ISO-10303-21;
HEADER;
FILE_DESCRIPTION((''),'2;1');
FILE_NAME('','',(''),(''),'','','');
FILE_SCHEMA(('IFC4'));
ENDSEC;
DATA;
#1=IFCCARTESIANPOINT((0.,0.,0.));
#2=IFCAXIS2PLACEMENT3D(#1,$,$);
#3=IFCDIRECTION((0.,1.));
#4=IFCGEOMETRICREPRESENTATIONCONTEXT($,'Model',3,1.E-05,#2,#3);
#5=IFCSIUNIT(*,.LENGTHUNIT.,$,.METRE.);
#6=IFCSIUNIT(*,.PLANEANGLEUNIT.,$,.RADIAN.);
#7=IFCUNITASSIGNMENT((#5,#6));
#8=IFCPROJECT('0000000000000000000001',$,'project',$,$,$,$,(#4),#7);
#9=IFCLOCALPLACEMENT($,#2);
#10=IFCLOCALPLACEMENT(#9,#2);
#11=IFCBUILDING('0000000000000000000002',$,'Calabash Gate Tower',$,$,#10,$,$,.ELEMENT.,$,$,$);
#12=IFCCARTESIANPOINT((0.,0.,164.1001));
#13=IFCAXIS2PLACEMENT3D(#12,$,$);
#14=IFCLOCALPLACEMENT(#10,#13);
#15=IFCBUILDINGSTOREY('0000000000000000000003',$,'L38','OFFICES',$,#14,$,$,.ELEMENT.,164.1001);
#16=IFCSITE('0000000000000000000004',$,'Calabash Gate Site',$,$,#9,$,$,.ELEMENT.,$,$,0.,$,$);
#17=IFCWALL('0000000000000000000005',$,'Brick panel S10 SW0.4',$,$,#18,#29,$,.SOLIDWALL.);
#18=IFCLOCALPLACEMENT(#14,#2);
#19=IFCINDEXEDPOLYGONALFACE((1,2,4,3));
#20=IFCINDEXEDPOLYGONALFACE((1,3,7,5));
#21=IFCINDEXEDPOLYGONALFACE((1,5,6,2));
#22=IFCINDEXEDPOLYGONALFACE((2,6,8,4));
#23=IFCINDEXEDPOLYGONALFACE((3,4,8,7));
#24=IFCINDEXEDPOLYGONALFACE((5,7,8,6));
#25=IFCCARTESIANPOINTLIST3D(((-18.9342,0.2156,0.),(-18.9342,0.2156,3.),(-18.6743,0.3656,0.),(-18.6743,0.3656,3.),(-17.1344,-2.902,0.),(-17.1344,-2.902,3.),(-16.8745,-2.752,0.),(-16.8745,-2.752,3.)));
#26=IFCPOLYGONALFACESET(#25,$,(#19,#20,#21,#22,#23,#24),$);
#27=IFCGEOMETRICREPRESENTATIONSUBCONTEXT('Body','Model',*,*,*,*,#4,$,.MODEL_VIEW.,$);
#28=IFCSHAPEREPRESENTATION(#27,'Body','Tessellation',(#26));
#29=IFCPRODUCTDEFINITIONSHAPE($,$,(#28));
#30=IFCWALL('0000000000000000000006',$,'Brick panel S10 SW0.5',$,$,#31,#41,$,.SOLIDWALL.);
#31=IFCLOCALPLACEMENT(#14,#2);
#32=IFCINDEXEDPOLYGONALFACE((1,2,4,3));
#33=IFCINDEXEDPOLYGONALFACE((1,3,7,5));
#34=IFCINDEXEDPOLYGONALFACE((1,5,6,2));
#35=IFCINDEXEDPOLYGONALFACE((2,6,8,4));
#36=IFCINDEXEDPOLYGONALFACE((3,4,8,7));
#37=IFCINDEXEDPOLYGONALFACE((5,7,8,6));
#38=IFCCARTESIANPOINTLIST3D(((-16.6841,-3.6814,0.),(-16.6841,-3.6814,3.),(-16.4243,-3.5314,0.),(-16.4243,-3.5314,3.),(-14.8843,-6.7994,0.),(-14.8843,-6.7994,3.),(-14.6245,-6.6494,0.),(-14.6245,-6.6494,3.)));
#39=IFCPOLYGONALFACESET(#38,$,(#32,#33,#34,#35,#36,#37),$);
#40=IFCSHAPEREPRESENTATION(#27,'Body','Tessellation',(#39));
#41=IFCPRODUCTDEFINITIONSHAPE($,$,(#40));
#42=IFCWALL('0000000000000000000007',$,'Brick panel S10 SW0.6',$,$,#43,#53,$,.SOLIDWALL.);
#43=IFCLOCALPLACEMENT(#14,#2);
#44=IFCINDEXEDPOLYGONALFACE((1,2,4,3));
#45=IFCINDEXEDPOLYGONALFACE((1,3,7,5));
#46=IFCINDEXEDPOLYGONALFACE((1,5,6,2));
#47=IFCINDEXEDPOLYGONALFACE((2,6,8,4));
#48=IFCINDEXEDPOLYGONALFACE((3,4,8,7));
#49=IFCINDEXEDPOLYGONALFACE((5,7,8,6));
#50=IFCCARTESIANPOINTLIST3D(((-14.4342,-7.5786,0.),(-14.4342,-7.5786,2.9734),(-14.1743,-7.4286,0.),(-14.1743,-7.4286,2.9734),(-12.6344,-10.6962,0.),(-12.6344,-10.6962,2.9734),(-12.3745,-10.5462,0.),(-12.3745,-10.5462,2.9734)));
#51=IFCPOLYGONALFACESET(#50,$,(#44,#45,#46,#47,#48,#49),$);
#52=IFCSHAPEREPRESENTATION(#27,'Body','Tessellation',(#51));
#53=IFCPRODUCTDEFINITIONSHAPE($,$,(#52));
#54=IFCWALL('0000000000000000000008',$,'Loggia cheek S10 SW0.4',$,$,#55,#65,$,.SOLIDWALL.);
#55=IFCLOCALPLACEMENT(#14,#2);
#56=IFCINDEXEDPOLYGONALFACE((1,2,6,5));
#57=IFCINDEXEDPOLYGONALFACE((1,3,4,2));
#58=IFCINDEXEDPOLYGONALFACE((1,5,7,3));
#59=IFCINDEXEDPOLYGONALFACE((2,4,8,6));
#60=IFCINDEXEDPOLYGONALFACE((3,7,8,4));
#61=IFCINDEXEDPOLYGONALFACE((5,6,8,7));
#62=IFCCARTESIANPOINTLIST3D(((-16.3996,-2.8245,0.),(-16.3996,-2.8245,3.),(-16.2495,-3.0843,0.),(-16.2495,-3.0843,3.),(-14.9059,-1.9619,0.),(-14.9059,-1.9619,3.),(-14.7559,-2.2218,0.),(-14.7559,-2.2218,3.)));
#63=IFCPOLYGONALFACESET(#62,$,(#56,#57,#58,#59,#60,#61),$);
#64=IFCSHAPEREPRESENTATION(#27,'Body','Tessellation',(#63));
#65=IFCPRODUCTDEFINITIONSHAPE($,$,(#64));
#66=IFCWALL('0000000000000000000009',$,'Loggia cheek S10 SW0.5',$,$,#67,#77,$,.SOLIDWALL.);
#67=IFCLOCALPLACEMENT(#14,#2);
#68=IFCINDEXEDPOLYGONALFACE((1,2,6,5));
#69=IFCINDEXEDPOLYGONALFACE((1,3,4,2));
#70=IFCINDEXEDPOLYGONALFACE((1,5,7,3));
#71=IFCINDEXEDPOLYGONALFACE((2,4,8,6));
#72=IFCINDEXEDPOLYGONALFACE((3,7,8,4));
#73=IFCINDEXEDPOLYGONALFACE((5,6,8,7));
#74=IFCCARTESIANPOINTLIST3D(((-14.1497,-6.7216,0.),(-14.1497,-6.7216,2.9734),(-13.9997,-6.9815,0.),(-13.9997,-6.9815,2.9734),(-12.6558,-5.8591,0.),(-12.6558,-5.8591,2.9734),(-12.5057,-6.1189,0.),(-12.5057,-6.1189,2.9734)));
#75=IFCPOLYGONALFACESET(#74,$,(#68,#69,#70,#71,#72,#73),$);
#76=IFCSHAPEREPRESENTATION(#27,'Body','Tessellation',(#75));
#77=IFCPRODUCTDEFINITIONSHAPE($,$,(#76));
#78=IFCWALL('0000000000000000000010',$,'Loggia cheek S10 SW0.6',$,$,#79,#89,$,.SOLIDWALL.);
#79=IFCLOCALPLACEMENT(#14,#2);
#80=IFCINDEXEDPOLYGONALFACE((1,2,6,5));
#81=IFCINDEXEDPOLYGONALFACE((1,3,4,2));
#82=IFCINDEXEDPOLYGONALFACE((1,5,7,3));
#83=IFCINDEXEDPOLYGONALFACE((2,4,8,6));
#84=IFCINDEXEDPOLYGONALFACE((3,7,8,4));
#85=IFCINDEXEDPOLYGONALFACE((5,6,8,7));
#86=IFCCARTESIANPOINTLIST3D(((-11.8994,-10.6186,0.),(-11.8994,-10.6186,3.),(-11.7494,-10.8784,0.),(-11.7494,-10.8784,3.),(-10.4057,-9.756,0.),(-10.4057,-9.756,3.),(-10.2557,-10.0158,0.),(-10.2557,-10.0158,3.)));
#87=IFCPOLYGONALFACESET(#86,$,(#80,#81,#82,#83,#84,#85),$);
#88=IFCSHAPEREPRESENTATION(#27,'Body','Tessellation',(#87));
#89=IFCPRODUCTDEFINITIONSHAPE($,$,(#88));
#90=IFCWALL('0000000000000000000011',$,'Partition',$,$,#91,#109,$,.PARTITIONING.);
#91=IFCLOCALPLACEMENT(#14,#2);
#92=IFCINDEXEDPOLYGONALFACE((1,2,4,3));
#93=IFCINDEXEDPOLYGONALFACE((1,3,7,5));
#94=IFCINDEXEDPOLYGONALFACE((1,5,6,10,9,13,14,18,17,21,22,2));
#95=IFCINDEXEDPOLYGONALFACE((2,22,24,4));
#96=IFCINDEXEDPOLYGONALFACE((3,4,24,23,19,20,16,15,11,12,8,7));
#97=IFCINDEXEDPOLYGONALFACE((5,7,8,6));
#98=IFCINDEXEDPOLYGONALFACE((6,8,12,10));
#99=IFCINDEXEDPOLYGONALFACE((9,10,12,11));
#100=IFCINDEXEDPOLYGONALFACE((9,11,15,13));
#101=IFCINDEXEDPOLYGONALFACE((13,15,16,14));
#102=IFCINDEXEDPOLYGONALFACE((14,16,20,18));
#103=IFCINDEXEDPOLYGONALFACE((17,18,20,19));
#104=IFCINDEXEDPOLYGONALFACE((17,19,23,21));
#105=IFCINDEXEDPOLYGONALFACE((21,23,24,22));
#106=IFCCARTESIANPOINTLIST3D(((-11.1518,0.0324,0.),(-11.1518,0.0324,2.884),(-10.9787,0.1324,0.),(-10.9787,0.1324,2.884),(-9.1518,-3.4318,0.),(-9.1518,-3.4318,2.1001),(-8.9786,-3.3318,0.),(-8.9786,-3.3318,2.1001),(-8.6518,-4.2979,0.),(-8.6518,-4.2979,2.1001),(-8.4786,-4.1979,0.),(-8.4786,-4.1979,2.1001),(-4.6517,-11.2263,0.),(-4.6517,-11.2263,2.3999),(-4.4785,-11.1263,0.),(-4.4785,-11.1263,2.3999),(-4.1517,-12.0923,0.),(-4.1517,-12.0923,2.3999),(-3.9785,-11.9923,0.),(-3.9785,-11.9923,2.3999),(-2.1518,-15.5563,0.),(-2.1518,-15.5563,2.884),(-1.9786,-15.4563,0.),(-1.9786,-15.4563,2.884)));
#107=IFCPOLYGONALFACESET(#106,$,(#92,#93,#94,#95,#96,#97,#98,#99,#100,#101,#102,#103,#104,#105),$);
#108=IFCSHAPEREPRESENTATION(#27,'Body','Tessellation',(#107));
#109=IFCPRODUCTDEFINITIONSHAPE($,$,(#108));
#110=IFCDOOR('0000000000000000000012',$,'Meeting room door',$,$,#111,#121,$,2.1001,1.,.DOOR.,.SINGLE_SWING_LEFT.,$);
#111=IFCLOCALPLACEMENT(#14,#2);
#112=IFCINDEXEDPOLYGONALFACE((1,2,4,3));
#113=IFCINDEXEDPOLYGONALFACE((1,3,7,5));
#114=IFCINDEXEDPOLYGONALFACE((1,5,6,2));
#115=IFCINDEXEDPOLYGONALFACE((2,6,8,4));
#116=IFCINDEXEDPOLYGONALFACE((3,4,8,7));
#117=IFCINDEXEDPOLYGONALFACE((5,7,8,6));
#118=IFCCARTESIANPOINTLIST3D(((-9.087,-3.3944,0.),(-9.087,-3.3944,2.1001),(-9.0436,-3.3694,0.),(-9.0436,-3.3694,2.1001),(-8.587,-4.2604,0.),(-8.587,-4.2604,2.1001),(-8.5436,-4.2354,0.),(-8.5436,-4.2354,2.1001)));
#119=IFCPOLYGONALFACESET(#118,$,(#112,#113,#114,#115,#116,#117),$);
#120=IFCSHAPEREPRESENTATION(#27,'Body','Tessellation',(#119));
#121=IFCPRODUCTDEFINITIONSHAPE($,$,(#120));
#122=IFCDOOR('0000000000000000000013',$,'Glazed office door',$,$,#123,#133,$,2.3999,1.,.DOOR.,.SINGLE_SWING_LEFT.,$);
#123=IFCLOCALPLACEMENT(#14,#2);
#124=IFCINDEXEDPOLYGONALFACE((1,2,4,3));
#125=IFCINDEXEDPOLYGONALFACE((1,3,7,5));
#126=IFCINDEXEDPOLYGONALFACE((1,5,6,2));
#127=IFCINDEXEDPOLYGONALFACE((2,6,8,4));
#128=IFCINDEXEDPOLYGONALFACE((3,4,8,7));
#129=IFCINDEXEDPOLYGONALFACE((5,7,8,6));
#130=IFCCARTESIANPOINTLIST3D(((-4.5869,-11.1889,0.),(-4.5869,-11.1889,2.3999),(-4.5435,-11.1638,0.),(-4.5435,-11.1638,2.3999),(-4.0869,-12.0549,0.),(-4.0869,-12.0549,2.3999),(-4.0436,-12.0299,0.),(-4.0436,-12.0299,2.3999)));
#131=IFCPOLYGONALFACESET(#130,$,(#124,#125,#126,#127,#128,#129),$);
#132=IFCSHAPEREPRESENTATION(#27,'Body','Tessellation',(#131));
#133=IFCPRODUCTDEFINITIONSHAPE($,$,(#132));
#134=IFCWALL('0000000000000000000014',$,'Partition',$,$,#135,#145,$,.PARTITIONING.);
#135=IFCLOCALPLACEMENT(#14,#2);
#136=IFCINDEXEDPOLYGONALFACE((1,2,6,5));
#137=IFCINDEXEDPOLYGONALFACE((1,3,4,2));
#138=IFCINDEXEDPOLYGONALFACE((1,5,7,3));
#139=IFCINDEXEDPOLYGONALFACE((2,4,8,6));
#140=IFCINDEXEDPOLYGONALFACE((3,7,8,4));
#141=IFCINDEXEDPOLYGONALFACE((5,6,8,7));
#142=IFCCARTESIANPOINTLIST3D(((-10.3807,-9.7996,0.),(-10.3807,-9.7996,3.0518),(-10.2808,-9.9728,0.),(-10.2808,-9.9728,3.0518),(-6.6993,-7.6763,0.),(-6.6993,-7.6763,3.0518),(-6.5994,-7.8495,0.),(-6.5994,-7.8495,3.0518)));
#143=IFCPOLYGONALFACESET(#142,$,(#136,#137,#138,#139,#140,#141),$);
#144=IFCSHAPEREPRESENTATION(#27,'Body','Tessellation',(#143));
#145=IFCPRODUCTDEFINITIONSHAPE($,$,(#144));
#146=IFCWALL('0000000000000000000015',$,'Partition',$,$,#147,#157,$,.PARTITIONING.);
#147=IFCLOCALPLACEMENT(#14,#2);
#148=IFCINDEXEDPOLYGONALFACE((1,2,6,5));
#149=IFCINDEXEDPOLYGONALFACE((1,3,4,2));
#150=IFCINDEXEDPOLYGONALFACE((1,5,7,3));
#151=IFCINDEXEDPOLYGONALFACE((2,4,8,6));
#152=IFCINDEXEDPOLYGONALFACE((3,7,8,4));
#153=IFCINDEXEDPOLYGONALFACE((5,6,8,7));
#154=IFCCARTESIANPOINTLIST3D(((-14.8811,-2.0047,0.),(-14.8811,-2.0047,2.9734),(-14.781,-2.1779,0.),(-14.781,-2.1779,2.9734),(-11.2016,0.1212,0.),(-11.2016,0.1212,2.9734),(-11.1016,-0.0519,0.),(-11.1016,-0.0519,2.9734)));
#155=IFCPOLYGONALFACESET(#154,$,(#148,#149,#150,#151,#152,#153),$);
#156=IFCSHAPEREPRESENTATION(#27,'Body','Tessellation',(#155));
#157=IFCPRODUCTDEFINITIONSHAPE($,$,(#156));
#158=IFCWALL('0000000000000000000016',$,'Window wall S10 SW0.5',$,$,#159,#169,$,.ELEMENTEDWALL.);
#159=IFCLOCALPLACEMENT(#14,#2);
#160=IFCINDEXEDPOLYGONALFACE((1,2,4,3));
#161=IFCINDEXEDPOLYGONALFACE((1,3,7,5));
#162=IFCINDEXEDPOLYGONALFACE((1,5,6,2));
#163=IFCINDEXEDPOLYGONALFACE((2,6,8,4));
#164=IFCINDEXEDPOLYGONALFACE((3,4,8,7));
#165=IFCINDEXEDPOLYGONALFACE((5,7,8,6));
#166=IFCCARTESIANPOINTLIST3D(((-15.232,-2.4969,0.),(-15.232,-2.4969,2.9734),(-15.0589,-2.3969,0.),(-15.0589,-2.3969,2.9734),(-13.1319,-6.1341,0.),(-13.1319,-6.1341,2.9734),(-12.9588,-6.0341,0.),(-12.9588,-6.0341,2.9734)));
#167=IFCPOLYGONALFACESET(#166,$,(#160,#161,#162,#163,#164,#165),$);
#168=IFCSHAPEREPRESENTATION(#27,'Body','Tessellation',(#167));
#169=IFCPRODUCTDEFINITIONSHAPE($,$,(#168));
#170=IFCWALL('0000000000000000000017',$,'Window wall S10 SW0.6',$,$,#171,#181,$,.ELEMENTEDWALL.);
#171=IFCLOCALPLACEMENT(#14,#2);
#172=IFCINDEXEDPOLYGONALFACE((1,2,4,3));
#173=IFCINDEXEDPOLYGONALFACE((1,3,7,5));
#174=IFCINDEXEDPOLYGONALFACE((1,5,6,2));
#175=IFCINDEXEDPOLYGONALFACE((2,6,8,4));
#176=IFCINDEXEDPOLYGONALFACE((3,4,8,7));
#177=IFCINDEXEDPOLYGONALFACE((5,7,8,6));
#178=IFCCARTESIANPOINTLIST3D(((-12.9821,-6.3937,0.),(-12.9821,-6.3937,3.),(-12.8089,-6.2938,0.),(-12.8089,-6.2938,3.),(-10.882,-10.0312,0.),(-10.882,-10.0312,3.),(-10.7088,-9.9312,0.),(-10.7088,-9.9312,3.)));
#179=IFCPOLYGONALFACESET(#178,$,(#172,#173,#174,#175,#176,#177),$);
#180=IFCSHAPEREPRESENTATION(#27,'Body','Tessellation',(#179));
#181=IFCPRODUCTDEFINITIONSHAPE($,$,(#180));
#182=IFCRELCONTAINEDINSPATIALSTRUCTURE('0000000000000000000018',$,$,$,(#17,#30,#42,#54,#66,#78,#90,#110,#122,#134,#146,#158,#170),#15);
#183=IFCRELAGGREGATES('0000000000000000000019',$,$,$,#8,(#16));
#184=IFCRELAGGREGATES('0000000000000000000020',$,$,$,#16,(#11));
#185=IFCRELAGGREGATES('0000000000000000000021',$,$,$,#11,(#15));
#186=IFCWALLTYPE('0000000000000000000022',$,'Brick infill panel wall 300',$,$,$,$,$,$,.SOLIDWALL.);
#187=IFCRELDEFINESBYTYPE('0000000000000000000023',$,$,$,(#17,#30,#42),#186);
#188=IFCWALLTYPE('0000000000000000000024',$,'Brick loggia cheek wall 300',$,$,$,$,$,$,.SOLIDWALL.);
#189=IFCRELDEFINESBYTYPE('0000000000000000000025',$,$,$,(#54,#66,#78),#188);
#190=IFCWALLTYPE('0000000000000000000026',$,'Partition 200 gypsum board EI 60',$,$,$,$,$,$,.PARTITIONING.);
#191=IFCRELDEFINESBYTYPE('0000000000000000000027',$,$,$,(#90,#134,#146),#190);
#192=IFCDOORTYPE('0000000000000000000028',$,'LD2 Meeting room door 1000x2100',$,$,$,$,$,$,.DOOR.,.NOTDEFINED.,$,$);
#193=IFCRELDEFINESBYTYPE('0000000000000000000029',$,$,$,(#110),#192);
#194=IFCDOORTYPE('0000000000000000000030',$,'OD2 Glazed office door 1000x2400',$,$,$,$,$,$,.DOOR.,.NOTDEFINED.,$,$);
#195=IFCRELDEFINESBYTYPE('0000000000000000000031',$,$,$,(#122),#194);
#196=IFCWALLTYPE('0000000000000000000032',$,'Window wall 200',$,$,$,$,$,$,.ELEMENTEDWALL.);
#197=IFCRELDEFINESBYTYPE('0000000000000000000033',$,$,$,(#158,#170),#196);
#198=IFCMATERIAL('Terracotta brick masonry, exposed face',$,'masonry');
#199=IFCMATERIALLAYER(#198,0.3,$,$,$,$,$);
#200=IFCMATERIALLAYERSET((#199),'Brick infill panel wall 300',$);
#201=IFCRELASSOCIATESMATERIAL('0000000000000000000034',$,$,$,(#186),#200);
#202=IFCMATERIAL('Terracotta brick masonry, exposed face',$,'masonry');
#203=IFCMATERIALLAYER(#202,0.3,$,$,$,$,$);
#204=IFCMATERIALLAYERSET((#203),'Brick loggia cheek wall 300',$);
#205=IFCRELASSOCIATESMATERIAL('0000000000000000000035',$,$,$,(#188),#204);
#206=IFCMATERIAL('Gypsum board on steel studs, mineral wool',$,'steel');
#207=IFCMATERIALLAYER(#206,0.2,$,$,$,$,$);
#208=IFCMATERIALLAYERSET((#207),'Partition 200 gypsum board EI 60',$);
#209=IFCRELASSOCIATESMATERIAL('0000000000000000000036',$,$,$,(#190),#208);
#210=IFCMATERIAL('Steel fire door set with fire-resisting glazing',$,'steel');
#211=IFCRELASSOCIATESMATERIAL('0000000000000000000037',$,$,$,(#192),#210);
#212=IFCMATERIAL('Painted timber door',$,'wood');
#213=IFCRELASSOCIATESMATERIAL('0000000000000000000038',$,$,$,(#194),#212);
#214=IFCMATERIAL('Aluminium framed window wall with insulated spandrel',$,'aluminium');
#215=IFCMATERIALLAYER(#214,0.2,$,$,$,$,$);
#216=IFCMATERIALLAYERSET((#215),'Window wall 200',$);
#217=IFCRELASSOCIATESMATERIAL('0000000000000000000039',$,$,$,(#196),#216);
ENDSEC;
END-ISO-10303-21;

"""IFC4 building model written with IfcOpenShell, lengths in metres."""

from ifc_helpers import new_model, si_unit, direction, frame, frame_2d, origin, place, context, subcontext, project, spatial, rectangle, extrude, material, layer, layer_set, type_object, element, fill, save


model = new_model("IFC4")

# Units and contexts
model_context = context("Model", 3, precision=1e-05, world=origin(), true_north=direction((0.0, 1.0)))
body_context = subcontext(model_context, "Body", "Model", "MODEL_VIEW")
ifc_project = project(units=[si_unit("LENGTHUNIT", "METRE"), si_unit("PLANEANGLEUNIT", "RADIAN")], contexts=[model_context])

# Site, building, storey
site_placement = place(None, origin())
site = spatial("IfcSite", under=ifc_project, at=site_placement, Name="Calabash Gate Site", CompositionType="ELEMENT", RefElevation=0.0)
building_placement = place(site_placement, origin())
building = spatial("IfcBuilding", under=site, at=building_placement, Name="Calabash Gate Tower", CompositionType="ELEMENT")
storey_placement = place(building_placement, frame((0.0, 0.0, 164.1001)))
storey = spatial("IfcBuildingStorey", under=building, at=storey_placement, Name="L38", Description="OFFICES", CompositionType="ELEMENT", Elevation=164.1001)

# Walls
ifc_material_1 = material(Name="Terracotta brick masonry, exposed face", Category="masonry")
ifc_layer_1 = layer(ifc_material_1, 0.3)
ifc_layer_set_1 = layer_set([ifc_layer_1], Name="Brick infill panel wall 300")
wall_type_1 = type_object("IfcWallType", Name="Brick infill panel wall 300", PredefinedType="SOLIDWALL", material=ifc_layer_set_1)
wall_1_placement = place(storey_placement, frame((-18.8042, 0.2905, 0.0), z_axis=(0.0, 0.0, 1.0), x_axis=(0.499961, -0.866048, 0.0)))
element("IfcWall", 1, at=wall_1_placement, inside=storey, type_object=wall_type_1, Name="Brick panel S10 SW0.4", PredefinedType="SOLIDWALL", context=body_context, shape_type="SweptSolid", body=[
    extrude(rectangle(XDim=3.5999, YDim=0.3, at=frame_2d((1.7998, 0.0))), origin(), (0.0, 0.0, 1.0), 3.0),
])
wall_2_placement = place(storey_placement, frame((-16.5542, -3.6064, 0.0), z_axis=(0.0, 0.0, 1.0), x_axis=(0.499932, -0.866065, 0.0)))
element("IfcWall", 2, at=wall_2_placement, inside=storey, type_object=wall_type_1, Name="Brick panel S10 SW0.5", PredefinedType="SOLIDWALL", context=body_context, shape_type="SweptSolid", body=[
    extrude(rectangle(XDim=3.6001, YDim=0.3, at=frame_2d((1.8, 0.0))), origin(), (0.0, 0.0, 1.0), 3.0),
])
wall_3_placement = place(storey_placement, frame((-14.3042, -7.5037, 0.0), z_axis=(0.0, 0.0, 1.0), x_axis=(0.499961, -0.866048, 0.0)))
element("IfcWall", 3, at=wall_3_placement, inside=storey, type_object=wall_type_1, Name="Brick panel S10 SW0.6", PredefinedType="SOLIDWALL", context=body_context, shape_type="SweptSolid", body=[
    extrude(rectangle(XDim=3.5999, YDim=0.3, at=frame_2d((1.7998, 0.0))), origin(), (0.0, 0.0, 1.0), 2.9734),
])
ifc_material_2 = material(Name="Terracotta brick masonry, exposed face", Category="masonry")
ifc_layer_2 = layer(ifc_material_2, 0.3)
ifc_layer_set_2 = layer_set([ifc_layer_2], Name="Brick loggia cheek wall 300")
wall_type_2 = type_object("IfcWallType", Name="Brick loggia cheek wall 300", PredefinedType="SOLIDWALL", material=ifc_layer_set_2)
wall_4_placement = place(storey_placement, frame((-16.3245, -2.9543, 0.0), z_axis=(0.0, 0.0, 1.0), x_axis=(0.865978, 0.500082, 0.0)))
element("IfcWall", 4, at=wall_4_placement, inside=storey, type_object=wall_type_2, Name="Loggia cheek S10 SW0.4", PredefinedType="SOLIDWALL", context=body_context, shape_type="SweptSolid", body=[
    extrude(rectangle(XDim=1.7249, YDim=0.3, at=frame_2d((0.8623, 0.0))), origin(), (0.0, 0.0, 1.0), 3.0),
])
wall_5_placement = place(storey_placement, frame((-14.0747, -6.8516, 0.0), z_axis=(0.0, 0.0, 1.0), x_axis=(0.866014, 0.500021, 0.0)))
element("IfcWall", 5, at=wall_5_placement, inside=storey, type_object=wall_type_2, Name="Loggia cheek S10 SW0.5", PredefinedType="SOLIDWALL", context=body_context, shape_type="SweptSolid", body=[
    extrude(rectangle(XDim=1.7251, YDim=0.3, at=frame_2d((0.8625, 0.0))), origin(), (0.0, 0.0, 1.0), 2.9734),
])
wall_6_placement = place(storey_placement, frame((-10.3308, -9.886, 0.0), z_axis=(0.0, 0.0, 1.0), x_axis=(-0.865978, -0.500082, 0.0)))
element("IfcWall", 6, at=wall_6_placement, inside=storey, type_object=wall_type_2, Name="Loggia cheek S10 SW0.6", PredefinedType="SOLIDWALL", context=body_context, shape_type="SweptSolid", body=[
    extrude(rectangle(XDim=1.7249, YDim=0.3, at=frame_2d((0.8623, 0.0))), origin(), (0.0, 0.0, 1.0), 3.0),
])

# Wall, openings, doors
ifc_material_3 = material(Name="Gypsum board on steel studs, mineral wool", Category="steel")
ifc_layer_3 = layer(ifc_material_3, 0.2)
ifc_layer_set_3 = layer_set([ifc_layer_3], Name="Partition 200 gypsum board EI 60")
wall_type_3 = type_object("IfcWallType", Name="Partition 200 gypsum board EI 60", PredefinedType="PARTITIONING", material=ifc_layer_set_3)
wall_7_placement = place(storey_placement, frame((-11.0652, 0.0823, 0.0), z_axis=(0.0, 0.0, 1.0), x_axis=(0.499996, -0.866028, 0.0)))
wall_7 = element("IfcWall", 7, at=wall_7_placement, inside=storey, type_object=wall_type_3, Name="Partition", PredefinedType="PARTITIONING", context=body_context, shape_type="SweptSolid", body=[
    extrude(rectangle(XDim=18.0002, YDim=0.2, at=frame_2d((9.0, 0.0))), origin(), (0.0, 0.0, 1.0), 2.884),
])
opening_1_placement = place(wall_7_placement, frame((4.0, 0.0, 0.0)))
opening_1 = element("IfcOpeningElement", 8, at=opening_1_placement, cuts=wall_7, PredefinedType="OPENING", context=body_context, shape_type="SweptSolid", body=[
    extrude(rectangle(XDim=1.0, YDim=2.1001, at=frame_2d((0.5, 1.05))), frame((0.0, 0.1099, 0.0), z_axis=(0.0, -1.0, 0.0), x_axis=(1.0, 0.0, 0.0)), (0.0, 0.0, 1.0), 0.22),
])
opening_2_placement = place(wall_7_placement, frame((13.0002, 0.0, 0.0)))
opening_2 = element("IfcOpeningElement", 9, at=opening_2_placement, cuts=wall_7, PredefinedType="OPENING", context=body_context, shape_type="SweptSolid", body=[
    extrude(rectangle(XDim=1.0, YDim=2.3999, at=frame_2d((0.5, 1.2))), frame((0.0, 0.1099, 0.0), z_axis=(0.0, -1.0, 0.0), x_axis=(1.0, 0.0, 0.0)), (0.0, 0.0, 1.0), 0.22),
])
ifc_material_4 = material(Name="Steel fire door set with fire-resisting glazing", Category="steel")
door_type_1 = type_object("IfcDoorType", Name="LD2 Meeting room door 1000x2100", OperationType="NOTDEFINED", PredefinedType="DOOR", material=ifc_material_4)
door_1_placement = place(opening_1_placement, origin())
door_1 = element("IfcDoor", 10, at=door_1_placement, inside=storey, type_object=door_type_1, Name="Meeting room door", OperationType="SINGLE_SWING_LEFT", OverallHeight=2.1001, OverallWidth=1.0, PredefinedType="DOOR", context=body_context, shape_type="SweptSolid", body=[
    extrude(rectangle(XDim=1.0, YDim=2.1001, at=frame_2d((0.5, 1.05))), frame((0.0, 0.0249, 0.0), z_axis=(0.0, -1.0, 0.0), x_axis=(1.0, 0.0, 0.0)), (0.0, 0.0, 1.0), 0.05),
])
fill(opening_1, door_1)
ifc_material_5 = material(Name="Painted timber door", Category="wood")
door_type_2 = type_object("IfcDoorType", Name="OD2 Glazed office door 1000x2400", OperationType="NOTDEFINED", PredefinedType="DOOR", material=ifc_material_5)
door_2_placement = place(opening_2_placement, origin())
door_2 = element("IfcDoor", 11, at=door_2_placement, inside=storey, type_object=door_type_2, Name="Glazed office door", OperationType="SINGLE_SWING_LEFT", OverallHeight=2.3999, OverallWidth=1.0, PredefinedType="DOOR", context=body_context, shape_type="SweptSolid", body=[
    extrude(rectangle(XDim=1.0, YDim=2.3999, at=frame_2d((0.5, 1.2))), frame((0.0, 0.0249, 0.0), z_axis=(0.0, -1.0, 0.0), x_axis=(1.0, 0.0, 0.0)), (0.0, 0.0, 1.0), 0.05),
])
fill(opening_2, door_2)

# Walls
wall_8_placement = place(storey_placement, frame((-10.3308, -9.8862, 0.0), z_axis=(0.0, 0.0, 1.0), x_axis=(0.866246, 0.499618, 0.0)))
element("IfcWall", 12, at=wall_8_placement, inside=storey, type_object=wall_type_3, Name="Partition", PredefinedType="PARTITIONING", context=body_context, shape_type="SweptSolid", body=[
    extrude(rectangle(XDim=4.2498, YDim=0.2, at=frame_2d((2.125, 0.0))), origin(), (0.0, 0.0, 1.0), 3.0518),
])
wall_9_placement = place(storey_placement, frame((-14.8311, -2.0913, 0.0), z_axis=(0.0, 0.0, 1.0), x_axis=(0.865857, 0.500291, 0.0)))
element("IfcWall", 13, at=wall_9_placement, inside=storey, type_object=wall_type_3, Name="Partition", PredefinedType="PARTITIONING", context=body_context, shape_type="SweptSolid", body=[
    extrude(rectangle(XDim=4.2495, YDim=0.2, at=frame_2d((2.1248, 0.0))), origin(), (0.0, 0.0, 1.0), 2.9734),
])
ifc_material_6 = material(Name="Aluminium framed window wall with insulated spandrel", Category="aluminium")
ifc_layer_4 = layer(ifc_material_6, 0.2)
ifc_layer_set_4 = layer_set([ifc_layer_4], Name="Window wall 200")
wall_type_4 = type_object("IfcWallType", Name="Window wall 200", PredefinedType="ELEMENTEDWALL", material=ifc_layer_set_4)
wall_10_placement = place(storey_placement, frame((-15.1455, -2.4468, 0.0), z_axis=(0.0, 0.0, 1.0), x_axis=(0.500028, -0.866009, 0.0)))
element("IfcWall", 14, at=wall_10_placement, inside=storey, type_object=wall_type_4, Name="Window wall S10 SW0.5", PredefinedType="ELEMENTEDWALL", context=body_context, shape_type="SweptSolid", body=[
    extrude(rectangle(XDim=4.2, YDim=0.2, at=frame_2d((2.1001, 0.0))), origin(), (0.0, 0.0, 1.0), 2.9734),
])
wall_11_placement = place(storey_placement, frame((-12.8955, -6.3438, 0.0), z_axis=(0.0, 0.0, 1.0), x_axis=(0.500003, -0.866024, 0.0)))
element("IfcWall", 15, at=wall_11_placement, inside=storey, type_object=wall_type_4, Name="Window wall S10 SW0.6", PredefinedType="ELEMENTEDWALL", context=body_context, shape_type="SweptSolid", body=[
    extrude(rectangle(XDim=4.2002, YDim=0.2, at=frame_2d((2.1001, 0.0))), origin(), (0.0, 0.0, 1.0), 3.0),
])

save(model, "model.ifc")
